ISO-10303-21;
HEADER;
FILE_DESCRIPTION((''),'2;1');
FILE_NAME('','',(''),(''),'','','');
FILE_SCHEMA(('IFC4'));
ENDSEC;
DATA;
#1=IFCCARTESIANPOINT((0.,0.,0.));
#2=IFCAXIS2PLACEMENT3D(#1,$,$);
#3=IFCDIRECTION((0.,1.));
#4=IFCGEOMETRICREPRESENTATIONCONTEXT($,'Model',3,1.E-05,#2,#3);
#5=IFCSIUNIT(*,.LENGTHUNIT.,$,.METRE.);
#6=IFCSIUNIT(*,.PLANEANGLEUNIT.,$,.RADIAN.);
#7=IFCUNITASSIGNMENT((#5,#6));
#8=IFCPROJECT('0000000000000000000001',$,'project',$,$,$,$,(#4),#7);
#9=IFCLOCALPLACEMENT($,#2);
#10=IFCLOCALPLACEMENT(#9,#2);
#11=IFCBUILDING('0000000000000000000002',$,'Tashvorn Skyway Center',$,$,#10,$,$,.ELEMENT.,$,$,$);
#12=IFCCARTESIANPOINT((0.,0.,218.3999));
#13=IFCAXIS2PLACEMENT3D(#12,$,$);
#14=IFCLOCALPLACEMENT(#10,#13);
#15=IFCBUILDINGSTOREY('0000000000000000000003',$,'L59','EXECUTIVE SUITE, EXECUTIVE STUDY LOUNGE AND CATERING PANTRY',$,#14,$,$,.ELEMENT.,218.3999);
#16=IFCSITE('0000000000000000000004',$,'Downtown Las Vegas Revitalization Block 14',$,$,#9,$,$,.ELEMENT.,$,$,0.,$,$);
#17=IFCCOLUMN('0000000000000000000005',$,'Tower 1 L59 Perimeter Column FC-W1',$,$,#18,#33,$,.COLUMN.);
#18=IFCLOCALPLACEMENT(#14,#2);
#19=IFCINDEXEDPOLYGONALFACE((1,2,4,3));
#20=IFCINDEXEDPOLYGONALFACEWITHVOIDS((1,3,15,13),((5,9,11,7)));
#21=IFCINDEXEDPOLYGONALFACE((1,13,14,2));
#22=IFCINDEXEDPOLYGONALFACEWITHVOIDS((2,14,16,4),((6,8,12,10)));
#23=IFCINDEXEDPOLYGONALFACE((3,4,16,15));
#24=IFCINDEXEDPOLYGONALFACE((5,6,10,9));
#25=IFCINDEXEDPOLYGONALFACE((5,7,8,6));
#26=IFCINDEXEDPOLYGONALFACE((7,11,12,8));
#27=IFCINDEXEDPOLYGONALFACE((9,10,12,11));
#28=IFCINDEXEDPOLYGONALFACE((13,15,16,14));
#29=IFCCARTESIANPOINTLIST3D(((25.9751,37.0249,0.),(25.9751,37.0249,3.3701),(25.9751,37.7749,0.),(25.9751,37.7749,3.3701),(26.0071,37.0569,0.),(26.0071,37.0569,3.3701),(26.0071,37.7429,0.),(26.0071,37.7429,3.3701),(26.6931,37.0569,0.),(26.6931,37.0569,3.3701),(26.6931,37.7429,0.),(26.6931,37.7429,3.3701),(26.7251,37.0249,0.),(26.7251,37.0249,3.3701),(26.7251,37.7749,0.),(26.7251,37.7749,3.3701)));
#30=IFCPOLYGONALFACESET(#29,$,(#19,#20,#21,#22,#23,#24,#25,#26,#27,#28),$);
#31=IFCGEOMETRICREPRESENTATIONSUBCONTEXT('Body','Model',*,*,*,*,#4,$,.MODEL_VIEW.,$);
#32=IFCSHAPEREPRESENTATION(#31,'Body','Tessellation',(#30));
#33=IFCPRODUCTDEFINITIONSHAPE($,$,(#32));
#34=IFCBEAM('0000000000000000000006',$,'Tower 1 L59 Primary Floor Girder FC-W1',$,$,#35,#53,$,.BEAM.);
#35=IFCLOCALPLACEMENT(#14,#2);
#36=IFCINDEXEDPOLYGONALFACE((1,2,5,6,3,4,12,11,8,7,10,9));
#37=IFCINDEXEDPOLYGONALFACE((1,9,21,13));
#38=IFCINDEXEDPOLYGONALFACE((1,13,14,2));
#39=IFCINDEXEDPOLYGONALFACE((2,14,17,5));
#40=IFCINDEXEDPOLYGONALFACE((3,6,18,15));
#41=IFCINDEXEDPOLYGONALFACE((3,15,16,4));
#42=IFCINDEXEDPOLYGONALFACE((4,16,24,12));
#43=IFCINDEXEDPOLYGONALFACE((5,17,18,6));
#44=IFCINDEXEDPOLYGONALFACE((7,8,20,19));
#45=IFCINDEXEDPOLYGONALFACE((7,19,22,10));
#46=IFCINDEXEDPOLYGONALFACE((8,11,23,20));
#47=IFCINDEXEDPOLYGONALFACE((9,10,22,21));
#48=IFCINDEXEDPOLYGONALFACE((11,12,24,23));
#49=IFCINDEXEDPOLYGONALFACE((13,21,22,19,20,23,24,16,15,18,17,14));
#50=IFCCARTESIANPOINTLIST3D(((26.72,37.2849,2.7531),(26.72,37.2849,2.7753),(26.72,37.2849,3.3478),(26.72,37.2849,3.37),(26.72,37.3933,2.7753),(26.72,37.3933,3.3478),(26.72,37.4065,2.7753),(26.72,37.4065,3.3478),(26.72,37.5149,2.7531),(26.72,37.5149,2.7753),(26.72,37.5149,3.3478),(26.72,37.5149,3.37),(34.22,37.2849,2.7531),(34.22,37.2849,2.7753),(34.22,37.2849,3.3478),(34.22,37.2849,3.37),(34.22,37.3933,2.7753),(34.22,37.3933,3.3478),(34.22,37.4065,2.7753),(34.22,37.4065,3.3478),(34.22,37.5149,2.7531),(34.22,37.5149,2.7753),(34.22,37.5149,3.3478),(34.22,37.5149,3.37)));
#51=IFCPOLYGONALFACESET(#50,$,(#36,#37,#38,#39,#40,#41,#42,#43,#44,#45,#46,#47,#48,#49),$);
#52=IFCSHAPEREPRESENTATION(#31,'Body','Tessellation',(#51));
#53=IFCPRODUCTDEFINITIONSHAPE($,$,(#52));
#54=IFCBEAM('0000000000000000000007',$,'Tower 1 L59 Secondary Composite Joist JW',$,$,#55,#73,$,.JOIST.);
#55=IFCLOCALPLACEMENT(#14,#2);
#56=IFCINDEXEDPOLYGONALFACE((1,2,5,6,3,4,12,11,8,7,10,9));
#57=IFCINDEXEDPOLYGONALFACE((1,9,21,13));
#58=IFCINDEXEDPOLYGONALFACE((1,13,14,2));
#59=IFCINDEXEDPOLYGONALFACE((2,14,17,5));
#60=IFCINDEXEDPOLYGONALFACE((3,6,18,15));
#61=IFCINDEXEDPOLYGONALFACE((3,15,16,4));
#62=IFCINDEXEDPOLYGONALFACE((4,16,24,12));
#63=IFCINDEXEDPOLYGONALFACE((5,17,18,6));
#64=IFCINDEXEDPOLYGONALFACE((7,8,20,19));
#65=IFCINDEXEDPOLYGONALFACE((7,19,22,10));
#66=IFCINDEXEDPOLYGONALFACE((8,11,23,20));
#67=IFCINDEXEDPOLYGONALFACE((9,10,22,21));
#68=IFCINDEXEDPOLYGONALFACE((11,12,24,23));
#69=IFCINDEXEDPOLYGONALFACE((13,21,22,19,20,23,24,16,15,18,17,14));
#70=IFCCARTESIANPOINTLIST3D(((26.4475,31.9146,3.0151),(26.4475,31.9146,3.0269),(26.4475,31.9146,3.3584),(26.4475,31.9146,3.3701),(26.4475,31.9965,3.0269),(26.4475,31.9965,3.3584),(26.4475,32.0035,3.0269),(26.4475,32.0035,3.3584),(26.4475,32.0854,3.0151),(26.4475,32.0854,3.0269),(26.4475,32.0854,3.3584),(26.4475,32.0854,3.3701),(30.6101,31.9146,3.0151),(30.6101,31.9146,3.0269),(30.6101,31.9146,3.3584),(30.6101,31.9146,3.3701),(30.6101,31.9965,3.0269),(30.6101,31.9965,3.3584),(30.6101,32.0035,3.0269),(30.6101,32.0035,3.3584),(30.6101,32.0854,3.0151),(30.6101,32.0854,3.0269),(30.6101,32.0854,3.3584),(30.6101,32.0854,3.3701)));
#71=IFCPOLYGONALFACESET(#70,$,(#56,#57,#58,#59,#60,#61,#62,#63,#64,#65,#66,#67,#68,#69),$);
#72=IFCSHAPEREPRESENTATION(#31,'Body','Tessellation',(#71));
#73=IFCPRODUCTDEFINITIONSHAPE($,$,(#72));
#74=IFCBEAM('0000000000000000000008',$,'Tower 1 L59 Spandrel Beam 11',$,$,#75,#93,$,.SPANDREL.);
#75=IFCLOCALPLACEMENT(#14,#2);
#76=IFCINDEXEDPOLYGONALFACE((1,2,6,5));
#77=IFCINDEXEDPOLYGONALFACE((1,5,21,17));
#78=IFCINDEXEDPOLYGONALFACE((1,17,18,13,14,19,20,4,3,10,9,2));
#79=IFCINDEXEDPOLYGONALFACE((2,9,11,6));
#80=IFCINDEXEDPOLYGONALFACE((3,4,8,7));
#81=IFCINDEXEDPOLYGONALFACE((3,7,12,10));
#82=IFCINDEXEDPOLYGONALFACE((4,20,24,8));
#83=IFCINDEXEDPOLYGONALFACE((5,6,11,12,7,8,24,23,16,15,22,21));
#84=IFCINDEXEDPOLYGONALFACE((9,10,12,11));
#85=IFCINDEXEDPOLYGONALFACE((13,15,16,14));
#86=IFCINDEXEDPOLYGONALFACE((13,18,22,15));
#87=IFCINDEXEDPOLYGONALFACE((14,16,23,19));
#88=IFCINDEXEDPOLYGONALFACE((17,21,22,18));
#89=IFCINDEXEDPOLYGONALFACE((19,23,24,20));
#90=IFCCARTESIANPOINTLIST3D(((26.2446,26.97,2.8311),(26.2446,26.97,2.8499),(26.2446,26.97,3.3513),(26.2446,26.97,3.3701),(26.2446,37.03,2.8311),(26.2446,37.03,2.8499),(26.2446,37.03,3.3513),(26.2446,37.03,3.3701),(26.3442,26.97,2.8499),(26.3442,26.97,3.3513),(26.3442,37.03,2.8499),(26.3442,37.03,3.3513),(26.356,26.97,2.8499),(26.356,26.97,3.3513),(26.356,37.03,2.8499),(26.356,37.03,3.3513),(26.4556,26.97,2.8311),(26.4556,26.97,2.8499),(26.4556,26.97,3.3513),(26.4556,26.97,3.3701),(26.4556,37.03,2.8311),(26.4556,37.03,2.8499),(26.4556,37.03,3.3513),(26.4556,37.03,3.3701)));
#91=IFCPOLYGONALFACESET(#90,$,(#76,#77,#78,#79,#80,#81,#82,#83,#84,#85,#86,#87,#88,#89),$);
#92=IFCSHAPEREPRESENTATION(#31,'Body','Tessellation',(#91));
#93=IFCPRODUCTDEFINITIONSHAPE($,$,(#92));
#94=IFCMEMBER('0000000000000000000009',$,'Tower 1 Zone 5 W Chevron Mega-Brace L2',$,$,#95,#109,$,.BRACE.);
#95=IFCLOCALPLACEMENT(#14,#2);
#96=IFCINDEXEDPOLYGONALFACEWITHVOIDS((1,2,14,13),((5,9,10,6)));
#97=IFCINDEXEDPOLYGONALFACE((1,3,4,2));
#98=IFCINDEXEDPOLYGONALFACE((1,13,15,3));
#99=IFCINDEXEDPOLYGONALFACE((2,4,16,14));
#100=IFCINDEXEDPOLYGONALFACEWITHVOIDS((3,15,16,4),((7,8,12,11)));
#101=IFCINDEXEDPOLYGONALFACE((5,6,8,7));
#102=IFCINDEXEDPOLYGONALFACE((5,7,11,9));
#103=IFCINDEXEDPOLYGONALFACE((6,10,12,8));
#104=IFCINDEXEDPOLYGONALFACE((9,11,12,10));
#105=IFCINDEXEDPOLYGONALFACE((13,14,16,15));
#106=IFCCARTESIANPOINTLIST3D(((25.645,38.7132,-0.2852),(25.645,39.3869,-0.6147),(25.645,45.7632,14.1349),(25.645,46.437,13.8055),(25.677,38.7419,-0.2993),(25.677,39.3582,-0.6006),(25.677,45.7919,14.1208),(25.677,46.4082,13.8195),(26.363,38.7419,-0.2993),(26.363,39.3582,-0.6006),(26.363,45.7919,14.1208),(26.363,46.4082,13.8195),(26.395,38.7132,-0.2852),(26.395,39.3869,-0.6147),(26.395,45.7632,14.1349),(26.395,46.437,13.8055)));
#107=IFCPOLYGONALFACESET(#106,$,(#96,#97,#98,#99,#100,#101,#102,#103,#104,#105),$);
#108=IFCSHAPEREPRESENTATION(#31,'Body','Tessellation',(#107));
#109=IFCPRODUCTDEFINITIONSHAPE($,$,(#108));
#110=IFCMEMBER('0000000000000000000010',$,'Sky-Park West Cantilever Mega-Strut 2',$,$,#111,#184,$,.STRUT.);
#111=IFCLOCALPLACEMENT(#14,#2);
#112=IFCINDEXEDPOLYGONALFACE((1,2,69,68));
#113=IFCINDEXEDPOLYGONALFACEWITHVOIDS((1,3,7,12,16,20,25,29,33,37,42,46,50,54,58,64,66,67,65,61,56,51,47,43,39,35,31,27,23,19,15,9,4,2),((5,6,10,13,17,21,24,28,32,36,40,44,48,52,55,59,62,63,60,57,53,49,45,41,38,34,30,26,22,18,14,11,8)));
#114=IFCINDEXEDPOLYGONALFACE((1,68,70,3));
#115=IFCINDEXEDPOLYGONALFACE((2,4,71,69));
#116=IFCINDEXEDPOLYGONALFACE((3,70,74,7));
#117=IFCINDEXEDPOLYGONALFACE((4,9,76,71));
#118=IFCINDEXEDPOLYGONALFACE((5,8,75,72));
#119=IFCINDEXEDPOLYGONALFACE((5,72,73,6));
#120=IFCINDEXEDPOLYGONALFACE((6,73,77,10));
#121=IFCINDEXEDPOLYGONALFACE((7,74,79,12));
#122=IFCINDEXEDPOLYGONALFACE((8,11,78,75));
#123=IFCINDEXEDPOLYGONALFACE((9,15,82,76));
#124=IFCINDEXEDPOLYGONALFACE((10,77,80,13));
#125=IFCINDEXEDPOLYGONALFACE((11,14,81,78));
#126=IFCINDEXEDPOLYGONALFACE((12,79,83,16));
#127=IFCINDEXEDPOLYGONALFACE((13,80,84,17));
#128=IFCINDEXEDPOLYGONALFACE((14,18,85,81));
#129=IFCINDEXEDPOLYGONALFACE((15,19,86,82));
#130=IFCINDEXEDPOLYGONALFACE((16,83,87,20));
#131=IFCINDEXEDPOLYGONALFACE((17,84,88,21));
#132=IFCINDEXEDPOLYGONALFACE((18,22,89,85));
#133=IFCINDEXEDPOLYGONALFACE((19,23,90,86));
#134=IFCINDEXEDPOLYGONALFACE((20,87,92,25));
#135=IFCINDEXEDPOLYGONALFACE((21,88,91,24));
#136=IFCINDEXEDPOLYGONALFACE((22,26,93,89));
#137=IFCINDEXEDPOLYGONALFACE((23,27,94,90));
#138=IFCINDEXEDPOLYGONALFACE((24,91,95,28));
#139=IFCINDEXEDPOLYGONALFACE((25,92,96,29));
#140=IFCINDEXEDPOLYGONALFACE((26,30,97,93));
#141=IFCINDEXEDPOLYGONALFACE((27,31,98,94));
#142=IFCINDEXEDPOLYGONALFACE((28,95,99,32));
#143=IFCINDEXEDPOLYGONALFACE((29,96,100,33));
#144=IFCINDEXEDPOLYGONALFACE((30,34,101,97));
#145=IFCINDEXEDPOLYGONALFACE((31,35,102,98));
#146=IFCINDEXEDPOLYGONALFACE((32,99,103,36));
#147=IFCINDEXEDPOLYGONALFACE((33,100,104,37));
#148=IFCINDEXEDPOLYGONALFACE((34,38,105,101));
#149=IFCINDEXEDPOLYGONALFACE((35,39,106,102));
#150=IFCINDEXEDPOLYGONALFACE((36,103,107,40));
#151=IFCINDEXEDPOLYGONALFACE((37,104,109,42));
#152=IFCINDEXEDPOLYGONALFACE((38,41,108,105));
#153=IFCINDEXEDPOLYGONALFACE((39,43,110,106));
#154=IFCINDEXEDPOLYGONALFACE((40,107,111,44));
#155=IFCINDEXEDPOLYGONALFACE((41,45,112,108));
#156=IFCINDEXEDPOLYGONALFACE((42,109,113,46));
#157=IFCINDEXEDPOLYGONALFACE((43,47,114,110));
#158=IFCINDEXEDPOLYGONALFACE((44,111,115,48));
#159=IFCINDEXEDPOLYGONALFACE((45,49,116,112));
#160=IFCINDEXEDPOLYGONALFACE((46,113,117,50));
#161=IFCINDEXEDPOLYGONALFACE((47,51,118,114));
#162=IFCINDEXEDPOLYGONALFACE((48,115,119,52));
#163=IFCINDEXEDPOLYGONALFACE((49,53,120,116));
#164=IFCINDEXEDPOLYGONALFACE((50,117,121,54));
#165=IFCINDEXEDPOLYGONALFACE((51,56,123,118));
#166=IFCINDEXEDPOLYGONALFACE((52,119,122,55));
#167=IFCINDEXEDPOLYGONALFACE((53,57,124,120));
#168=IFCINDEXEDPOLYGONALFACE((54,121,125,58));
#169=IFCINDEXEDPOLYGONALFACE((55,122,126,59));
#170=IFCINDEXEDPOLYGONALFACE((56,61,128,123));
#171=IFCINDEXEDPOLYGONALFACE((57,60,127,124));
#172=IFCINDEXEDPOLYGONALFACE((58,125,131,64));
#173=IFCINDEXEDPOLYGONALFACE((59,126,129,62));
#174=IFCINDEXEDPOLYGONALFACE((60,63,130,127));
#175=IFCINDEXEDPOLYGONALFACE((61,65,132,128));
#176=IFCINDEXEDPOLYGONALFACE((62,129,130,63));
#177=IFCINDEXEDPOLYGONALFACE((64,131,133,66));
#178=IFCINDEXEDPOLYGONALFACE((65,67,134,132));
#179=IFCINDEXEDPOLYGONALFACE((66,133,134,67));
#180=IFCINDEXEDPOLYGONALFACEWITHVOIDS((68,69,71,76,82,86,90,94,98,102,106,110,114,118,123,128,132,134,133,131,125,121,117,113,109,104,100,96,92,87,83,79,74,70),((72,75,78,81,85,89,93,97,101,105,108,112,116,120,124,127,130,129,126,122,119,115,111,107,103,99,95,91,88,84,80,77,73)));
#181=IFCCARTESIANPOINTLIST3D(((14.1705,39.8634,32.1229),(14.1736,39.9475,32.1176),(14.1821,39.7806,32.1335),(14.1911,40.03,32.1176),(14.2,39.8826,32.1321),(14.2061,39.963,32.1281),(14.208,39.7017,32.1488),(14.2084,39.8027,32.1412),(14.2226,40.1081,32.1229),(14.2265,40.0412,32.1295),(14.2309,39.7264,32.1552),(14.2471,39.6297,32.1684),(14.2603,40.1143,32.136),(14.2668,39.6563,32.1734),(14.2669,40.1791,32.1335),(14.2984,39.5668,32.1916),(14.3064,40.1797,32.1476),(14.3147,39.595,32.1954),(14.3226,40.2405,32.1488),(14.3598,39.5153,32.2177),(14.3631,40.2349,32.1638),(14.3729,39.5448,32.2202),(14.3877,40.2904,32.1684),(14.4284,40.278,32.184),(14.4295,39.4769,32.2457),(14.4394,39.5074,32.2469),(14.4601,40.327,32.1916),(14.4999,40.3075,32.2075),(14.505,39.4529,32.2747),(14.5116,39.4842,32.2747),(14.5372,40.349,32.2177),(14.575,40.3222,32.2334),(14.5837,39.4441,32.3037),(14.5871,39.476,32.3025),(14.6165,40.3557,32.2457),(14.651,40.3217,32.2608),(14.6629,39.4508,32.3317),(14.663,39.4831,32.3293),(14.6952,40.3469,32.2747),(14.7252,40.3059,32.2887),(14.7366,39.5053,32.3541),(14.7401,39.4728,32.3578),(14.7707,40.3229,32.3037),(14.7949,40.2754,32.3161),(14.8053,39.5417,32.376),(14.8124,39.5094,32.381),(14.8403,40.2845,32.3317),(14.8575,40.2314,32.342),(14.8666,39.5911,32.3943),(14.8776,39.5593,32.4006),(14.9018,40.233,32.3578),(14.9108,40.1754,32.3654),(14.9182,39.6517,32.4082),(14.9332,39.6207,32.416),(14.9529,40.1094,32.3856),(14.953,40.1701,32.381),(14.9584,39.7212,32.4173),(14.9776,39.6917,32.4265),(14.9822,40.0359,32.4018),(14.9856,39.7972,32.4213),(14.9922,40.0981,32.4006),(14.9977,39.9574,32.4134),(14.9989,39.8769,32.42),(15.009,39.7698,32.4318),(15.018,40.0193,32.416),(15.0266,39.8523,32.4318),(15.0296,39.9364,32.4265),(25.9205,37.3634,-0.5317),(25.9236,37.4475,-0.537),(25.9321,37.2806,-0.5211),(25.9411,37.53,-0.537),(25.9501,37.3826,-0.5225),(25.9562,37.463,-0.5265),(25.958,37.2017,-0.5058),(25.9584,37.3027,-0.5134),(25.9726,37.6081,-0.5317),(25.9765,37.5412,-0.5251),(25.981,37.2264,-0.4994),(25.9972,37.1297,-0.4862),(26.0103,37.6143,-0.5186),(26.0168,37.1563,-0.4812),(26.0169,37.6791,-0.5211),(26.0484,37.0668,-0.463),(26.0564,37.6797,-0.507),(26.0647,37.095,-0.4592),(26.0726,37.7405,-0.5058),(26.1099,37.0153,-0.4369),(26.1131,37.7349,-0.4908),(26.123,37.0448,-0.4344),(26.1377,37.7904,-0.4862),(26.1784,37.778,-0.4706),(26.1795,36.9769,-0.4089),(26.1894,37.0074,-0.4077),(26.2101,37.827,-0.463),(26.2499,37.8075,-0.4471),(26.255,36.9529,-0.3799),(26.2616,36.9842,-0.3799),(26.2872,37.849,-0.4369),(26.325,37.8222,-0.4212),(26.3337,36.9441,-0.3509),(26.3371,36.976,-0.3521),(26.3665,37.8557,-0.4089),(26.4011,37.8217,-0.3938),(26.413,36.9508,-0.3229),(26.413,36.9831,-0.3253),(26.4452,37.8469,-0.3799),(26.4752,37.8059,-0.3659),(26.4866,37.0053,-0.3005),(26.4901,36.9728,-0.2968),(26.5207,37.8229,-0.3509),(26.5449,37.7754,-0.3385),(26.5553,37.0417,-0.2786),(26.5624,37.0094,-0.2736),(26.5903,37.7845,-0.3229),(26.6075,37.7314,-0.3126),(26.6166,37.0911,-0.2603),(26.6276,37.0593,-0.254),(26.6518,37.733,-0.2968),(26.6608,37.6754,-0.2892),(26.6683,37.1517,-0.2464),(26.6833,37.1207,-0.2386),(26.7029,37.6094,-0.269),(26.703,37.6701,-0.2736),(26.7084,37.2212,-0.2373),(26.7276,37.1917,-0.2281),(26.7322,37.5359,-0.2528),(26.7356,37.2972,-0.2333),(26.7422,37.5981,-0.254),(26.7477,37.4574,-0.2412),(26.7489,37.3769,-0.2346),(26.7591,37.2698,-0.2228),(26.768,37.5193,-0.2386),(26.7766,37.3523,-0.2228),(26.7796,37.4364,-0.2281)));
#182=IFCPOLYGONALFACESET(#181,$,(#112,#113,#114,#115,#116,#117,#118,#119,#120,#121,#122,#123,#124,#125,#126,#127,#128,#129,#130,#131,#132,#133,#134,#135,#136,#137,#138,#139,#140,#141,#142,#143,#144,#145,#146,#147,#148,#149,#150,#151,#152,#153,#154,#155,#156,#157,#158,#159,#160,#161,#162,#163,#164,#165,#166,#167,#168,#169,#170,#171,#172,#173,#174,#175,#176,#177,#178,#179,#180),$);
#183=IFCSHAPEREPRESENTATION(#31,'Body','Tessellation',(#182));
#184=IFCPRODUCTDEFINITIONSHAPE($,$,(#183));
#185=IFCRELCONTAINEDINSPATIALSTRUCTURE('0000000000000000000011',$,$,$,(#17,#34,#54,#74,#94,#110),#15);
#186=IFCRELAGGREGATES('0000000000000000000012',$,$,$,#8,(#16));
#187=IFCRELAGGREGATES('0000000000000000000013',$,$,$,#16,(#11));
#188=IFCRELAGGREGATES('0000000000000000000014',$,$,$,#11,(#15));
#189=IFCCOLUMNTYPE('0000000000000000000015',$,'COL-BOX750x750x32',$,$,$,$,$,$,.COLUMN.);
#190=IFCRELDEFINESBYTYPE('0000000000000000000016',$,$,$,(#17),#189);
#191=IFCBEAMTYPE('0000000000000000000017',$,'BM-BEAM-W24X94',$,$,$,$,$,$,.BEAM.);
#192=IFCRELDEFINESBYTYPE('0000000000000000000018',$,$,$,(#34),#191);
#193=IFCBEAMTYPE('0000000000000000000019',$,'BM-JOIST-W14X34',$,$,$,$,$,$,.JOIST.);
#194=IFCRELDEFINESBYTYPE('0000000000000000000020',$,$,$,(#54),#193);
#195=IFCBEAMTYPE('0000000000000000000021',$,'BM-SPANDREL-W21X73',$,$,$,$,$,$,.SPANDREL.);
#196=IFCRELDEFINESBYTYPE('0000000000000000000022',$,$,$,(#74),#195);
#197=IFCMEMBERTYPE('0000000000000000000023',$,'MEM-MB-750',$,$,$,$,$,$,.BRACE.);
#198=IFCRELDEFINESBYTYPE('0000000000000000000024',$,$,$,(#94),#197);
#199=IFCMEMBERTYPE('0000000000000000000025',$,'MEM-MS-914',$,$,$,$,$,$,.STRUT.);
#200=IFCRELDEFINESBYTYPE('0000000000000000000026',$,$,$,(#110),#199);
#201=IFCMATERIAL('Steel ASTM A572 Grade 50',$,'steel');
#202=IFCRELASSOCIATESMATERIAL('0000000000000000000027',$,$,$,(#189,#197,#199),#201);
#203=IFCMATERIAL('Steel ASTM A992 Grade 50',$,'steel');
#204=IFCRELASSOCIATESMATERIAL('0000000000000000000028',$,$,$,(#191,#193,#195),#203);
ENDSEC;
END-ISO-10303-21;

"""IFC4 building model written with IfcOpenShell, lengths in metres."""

from ifc_helpers import new_model, si_unit, direction, frame, origin, origin_2d, place, context, subcontext, project, spatial, hollow_rectangle, hollow_circle, i_section, extrude, material, material_profile, profile_set, type_object, element, save


model = new_model("IFC4")

# Units and contexts
model_context = context("Model", 3, precision=1e-05, world=origin(), true_north=direction((0.0, 1.0)))
body_context = subcontext(model_context, "Body", "Model", "MODEL_VIEW")
ifc_project = project(units=[si_unit("LENGTHUNIT", "METRE"), si_unit("PLANEANGLEUNIT", "RADIAN")], contexts=[model_context])

# Site, building, storey
site_placement = place(None, origin())
site = spatial("IfcSite", under=ifc_project, at=site_placement, Name="Downtown Las Vegas Revitalization Block 14", CompositionType="ELEMENT", RefElevation=0.0)
building_placement = place(site_placement, origin())
building = spatial("IfcBuilding", under=site, at=building_placement, Name="Tashvorn Skyway Center", CompositionType="ELEMENT")
storey_placement = place(building_placement, frame((0.0, 0.0, 218.3999)))
storey = spatial("IfcBuildingStorey", under=building, at=storey_placement, Name="L59", Description="EXECUTIVE SUITE, EXECUTIVE STUDY LOUNGE AND CATERING PANTRY", CompositionType="ELEMENT", Elevation=218.3999)

# Column
ifc_material_1 = material(Name="Steel ASTM A572 Grade 50", Category="steel")
ifc_material_profile_1 = material_profile(ifc_material_1, hollow_rectangle(XDim=0.75, YDim=0.75, WallThickness=0.032, at=origin_2d()), Name="BOX750x750x32")
ifc_profile_set_1 = profile_set([ifc_material_profile_1], Name="Steel ASTM A572 Grade 50")
column_type = type_object("IfcColumnType", Name="COL-BOX750x750x32", PredefinedType="COLUMN", material=ifc_profile_set_1)
column_placement = place(storey_placement, frame((26.3501, 37.3999, 0.0), z_axis=(0.0, 0.0, 1.0), x_axis=(1.0, 0.0, 0.0)))
element("IfcColumn", 1, at=column_placement, inside=storey, type_object=column_type, Name="Tower 1 L59 Perimeter Column FC-W1", PredefinedType="COLUMN", context=body_context, shape_type="SweptSolid", body=[
    extrude(hollow_rectangle(XDim=0.75, YDim=0.75, WallThickness=0.032, at=origin_2d()), origin(), (0.0, 0.0, 1.0), 3.3701),
])

# Beams
ifc_material_2 = material(Name="Steel ASTM A992 Grade 50", Category="steel")
ifc_material_profile_2 = material_profile(ifc_material_2, i_section(OverallWidth=0.23, OverallDepth=0.6169, WebThickness=0.0132, FlangeThickness=0.0222, at=origin_2d()), Name="W24X94")
ifc_profile_set_2 = profile_set([ifc_material_profile_2], Name="Steel ASTM A992 Grade 50")
beam_type_1 = type_object("IfcBeamType", Name="BM-BEAM-W24X94", PredefinedType="BEAM", material=ifc_profile_set_2)
beam_1_placement = place(storey_placement, frame((26.72, 37.3999, 3.0615), z_axis=(1.0, 0.0, 0.0), x_axis=(0.0, 1.0, 0.0)))
element("IfcBeam", 2, at=beam_1_placement, inside=storey, type_object=beam_type_1, Name="Tower 1 L59 Primary Floor Girder FC-W1", PredefinedType="BEAM", context=body_context, shape_type="SweptSolid", body=[
    extrude(i_section(OverallWidth=0.23, OverallDepth=0.6169, WebThickness=0.0132, FlangeThickness=0.0222, at=origin_2d()), origin(), (0.0, 0.0, 1.0), 7.5),
])
ifc_material_profile_3 = material_profile(ifc_material_2, i_section(OverallWidth=0.1709, OverallDepth=0.355, WebThickness=0.0071, FlangeThickness=0.0117, at=origin_2d()), Name="W14X34")
ifc_profile_set_3 = profile_set([ifc_material_profile_3], Name="Steel ASTM A992 Grade 50")
beam_type_2 = type_object("IfcBeamType", Name="BM-JOIST-W14X34", PredefinedType="JOIST", material=ifc_profile_set_3)
beam_2_placement = place(storey_placement, frame((30.6101, 32.0, 3.1926), z_axis=(-1.0, 0.0, 0.0), x_axis=(0.0, -1.0, 0.0)))
element("IfcBeam", 3, at=beam_2_placement, inside=storey, type_object=beam_type_2, Name="Tower 1 L59 Secondary Composite Joist JW", PredefinedType="JOIST", context=body_context, shape_type="SweptSolid", body=[
    extrude(i_section(OverallWidth=0.1709, OverallDepth=0.355, WebThickness=0.0071, FlangeThickness=0.0117, at=origin_2d()), origin(), (0.0, 0.0, 1.0), 4.1626),
])
ifc_material_profile_4 = material_profile(ifc_material_2, i_section(OverallWidth=0.2109, OverallDepth=0.5391, WebThickness=0.0117, FlangeThickness=0.0188, at=origin_2d()), Name="W21X73")
ifc_profile_set_4 = profile_set([ifc_material_profile_4], Name="Steel ASTM A992 Grade 50")
beam_type_3 = type_object("IfcBeamType", Name="BM-SPANDREL-W21X73", PredefinedType="SPANDREL", material=ifc_profile_set_4)
beam_3_placement = place(storey_placement, frame((26.3501, 37.03, 3.1006), z_axis=(0.0, -1.0, 0.0), x_axis=(1.0, 0.0, 0.0)))
element("IfcBeam", 4, at=beam_3_placement, inside=storey, type_object=beam_type_3, Name="Tower 1 L59 Spandrel Beam 11", PredefinedType="SPANDREL", context=body_context, shape_type="SweptSolid", body=[
    extrude(i_section(OverallWidth=0.2109, OverallDepth=0.5391, WebThickness=0.0117, FlangeThickness=0.0188, at=origin_2d()), origin(), (0.0, 0.0, 1.0), 10.0601),
])

# Members
ifc_material_profile_5 = material_profile(ifc_material_1, hollow_rectangle(XDim=0.75, YDim=0.75, WallThickness=0.032, at=origin_2d()), Name="BOX750x750x32")
ifc_profile_set_5 = profile_set([ifc_material_profile_5], Name="Steel ASTM A572 Grade 50")
member_type_1 = type_object("IfcMemberType", Name="MEM-MB-750", PredefinedType="BRACE", material=ifc_profile_set_5)
member_1_placement = place(storey_placement, frame((26.02, 39.05, -0.45), z_axis=(0.0, 0.43922, 0.89838), x_axis=(-1.0, 0.0, 0.0)))
element("IfcMember", 5, at=member_1_placement, inside=storey, type_object=member_type_1, Name="Tower 1 Zone 5 W Chevron Mega-Brace L2", PredefinedType="BRACE", context=body_context, shape_type="SweptSolid", body=[
    extrude(hollow_rectangle(XDim=0.75, YDim=0.75, WallThickness=0.032, at=origin_2d()), origin(), (0.0, 0.0, 1.0), 16.0513),
])
ifc_material_profile_6 = material_profile(ifc_material_1, hollow_circle(Radius=0.457, WallThickness=0.032, at=origin_2d()), Name="CHS914x32")
ifc_profile_set_6 = profile_set([ifc_material_profile_6], Name="Steel ASTM A572 Grade 50")
member_type_2 = type_object("IfcMemberType", Name="MEM-MS-914", PredefinedType="STRUT", material=ifc_profile_set_6)
member_2_placement = place(storey_placement, frame((26.3501, 37.3999, -0.3799), z_axis=(-0.337701, 0.071851, 0.938507), x_axis=(-0.208108, -0.978106, 0.0)))
element("IfcMember", 6, at=member_2_placement, inside=storey, type_object=member_type_2, Name="Sky-Park West Cantilever Mega-Strut 2", PredefinedType="STRUT", context=body_context, shape_type="SweptSolid", body=[
    extrude(hollow_circle(Radius=0.457, WallThickness=0.032, at=origin_2d()), origin(), (0.0, 0.0, 1.0), 34.7942),
])

save(model, "model.ifc")
